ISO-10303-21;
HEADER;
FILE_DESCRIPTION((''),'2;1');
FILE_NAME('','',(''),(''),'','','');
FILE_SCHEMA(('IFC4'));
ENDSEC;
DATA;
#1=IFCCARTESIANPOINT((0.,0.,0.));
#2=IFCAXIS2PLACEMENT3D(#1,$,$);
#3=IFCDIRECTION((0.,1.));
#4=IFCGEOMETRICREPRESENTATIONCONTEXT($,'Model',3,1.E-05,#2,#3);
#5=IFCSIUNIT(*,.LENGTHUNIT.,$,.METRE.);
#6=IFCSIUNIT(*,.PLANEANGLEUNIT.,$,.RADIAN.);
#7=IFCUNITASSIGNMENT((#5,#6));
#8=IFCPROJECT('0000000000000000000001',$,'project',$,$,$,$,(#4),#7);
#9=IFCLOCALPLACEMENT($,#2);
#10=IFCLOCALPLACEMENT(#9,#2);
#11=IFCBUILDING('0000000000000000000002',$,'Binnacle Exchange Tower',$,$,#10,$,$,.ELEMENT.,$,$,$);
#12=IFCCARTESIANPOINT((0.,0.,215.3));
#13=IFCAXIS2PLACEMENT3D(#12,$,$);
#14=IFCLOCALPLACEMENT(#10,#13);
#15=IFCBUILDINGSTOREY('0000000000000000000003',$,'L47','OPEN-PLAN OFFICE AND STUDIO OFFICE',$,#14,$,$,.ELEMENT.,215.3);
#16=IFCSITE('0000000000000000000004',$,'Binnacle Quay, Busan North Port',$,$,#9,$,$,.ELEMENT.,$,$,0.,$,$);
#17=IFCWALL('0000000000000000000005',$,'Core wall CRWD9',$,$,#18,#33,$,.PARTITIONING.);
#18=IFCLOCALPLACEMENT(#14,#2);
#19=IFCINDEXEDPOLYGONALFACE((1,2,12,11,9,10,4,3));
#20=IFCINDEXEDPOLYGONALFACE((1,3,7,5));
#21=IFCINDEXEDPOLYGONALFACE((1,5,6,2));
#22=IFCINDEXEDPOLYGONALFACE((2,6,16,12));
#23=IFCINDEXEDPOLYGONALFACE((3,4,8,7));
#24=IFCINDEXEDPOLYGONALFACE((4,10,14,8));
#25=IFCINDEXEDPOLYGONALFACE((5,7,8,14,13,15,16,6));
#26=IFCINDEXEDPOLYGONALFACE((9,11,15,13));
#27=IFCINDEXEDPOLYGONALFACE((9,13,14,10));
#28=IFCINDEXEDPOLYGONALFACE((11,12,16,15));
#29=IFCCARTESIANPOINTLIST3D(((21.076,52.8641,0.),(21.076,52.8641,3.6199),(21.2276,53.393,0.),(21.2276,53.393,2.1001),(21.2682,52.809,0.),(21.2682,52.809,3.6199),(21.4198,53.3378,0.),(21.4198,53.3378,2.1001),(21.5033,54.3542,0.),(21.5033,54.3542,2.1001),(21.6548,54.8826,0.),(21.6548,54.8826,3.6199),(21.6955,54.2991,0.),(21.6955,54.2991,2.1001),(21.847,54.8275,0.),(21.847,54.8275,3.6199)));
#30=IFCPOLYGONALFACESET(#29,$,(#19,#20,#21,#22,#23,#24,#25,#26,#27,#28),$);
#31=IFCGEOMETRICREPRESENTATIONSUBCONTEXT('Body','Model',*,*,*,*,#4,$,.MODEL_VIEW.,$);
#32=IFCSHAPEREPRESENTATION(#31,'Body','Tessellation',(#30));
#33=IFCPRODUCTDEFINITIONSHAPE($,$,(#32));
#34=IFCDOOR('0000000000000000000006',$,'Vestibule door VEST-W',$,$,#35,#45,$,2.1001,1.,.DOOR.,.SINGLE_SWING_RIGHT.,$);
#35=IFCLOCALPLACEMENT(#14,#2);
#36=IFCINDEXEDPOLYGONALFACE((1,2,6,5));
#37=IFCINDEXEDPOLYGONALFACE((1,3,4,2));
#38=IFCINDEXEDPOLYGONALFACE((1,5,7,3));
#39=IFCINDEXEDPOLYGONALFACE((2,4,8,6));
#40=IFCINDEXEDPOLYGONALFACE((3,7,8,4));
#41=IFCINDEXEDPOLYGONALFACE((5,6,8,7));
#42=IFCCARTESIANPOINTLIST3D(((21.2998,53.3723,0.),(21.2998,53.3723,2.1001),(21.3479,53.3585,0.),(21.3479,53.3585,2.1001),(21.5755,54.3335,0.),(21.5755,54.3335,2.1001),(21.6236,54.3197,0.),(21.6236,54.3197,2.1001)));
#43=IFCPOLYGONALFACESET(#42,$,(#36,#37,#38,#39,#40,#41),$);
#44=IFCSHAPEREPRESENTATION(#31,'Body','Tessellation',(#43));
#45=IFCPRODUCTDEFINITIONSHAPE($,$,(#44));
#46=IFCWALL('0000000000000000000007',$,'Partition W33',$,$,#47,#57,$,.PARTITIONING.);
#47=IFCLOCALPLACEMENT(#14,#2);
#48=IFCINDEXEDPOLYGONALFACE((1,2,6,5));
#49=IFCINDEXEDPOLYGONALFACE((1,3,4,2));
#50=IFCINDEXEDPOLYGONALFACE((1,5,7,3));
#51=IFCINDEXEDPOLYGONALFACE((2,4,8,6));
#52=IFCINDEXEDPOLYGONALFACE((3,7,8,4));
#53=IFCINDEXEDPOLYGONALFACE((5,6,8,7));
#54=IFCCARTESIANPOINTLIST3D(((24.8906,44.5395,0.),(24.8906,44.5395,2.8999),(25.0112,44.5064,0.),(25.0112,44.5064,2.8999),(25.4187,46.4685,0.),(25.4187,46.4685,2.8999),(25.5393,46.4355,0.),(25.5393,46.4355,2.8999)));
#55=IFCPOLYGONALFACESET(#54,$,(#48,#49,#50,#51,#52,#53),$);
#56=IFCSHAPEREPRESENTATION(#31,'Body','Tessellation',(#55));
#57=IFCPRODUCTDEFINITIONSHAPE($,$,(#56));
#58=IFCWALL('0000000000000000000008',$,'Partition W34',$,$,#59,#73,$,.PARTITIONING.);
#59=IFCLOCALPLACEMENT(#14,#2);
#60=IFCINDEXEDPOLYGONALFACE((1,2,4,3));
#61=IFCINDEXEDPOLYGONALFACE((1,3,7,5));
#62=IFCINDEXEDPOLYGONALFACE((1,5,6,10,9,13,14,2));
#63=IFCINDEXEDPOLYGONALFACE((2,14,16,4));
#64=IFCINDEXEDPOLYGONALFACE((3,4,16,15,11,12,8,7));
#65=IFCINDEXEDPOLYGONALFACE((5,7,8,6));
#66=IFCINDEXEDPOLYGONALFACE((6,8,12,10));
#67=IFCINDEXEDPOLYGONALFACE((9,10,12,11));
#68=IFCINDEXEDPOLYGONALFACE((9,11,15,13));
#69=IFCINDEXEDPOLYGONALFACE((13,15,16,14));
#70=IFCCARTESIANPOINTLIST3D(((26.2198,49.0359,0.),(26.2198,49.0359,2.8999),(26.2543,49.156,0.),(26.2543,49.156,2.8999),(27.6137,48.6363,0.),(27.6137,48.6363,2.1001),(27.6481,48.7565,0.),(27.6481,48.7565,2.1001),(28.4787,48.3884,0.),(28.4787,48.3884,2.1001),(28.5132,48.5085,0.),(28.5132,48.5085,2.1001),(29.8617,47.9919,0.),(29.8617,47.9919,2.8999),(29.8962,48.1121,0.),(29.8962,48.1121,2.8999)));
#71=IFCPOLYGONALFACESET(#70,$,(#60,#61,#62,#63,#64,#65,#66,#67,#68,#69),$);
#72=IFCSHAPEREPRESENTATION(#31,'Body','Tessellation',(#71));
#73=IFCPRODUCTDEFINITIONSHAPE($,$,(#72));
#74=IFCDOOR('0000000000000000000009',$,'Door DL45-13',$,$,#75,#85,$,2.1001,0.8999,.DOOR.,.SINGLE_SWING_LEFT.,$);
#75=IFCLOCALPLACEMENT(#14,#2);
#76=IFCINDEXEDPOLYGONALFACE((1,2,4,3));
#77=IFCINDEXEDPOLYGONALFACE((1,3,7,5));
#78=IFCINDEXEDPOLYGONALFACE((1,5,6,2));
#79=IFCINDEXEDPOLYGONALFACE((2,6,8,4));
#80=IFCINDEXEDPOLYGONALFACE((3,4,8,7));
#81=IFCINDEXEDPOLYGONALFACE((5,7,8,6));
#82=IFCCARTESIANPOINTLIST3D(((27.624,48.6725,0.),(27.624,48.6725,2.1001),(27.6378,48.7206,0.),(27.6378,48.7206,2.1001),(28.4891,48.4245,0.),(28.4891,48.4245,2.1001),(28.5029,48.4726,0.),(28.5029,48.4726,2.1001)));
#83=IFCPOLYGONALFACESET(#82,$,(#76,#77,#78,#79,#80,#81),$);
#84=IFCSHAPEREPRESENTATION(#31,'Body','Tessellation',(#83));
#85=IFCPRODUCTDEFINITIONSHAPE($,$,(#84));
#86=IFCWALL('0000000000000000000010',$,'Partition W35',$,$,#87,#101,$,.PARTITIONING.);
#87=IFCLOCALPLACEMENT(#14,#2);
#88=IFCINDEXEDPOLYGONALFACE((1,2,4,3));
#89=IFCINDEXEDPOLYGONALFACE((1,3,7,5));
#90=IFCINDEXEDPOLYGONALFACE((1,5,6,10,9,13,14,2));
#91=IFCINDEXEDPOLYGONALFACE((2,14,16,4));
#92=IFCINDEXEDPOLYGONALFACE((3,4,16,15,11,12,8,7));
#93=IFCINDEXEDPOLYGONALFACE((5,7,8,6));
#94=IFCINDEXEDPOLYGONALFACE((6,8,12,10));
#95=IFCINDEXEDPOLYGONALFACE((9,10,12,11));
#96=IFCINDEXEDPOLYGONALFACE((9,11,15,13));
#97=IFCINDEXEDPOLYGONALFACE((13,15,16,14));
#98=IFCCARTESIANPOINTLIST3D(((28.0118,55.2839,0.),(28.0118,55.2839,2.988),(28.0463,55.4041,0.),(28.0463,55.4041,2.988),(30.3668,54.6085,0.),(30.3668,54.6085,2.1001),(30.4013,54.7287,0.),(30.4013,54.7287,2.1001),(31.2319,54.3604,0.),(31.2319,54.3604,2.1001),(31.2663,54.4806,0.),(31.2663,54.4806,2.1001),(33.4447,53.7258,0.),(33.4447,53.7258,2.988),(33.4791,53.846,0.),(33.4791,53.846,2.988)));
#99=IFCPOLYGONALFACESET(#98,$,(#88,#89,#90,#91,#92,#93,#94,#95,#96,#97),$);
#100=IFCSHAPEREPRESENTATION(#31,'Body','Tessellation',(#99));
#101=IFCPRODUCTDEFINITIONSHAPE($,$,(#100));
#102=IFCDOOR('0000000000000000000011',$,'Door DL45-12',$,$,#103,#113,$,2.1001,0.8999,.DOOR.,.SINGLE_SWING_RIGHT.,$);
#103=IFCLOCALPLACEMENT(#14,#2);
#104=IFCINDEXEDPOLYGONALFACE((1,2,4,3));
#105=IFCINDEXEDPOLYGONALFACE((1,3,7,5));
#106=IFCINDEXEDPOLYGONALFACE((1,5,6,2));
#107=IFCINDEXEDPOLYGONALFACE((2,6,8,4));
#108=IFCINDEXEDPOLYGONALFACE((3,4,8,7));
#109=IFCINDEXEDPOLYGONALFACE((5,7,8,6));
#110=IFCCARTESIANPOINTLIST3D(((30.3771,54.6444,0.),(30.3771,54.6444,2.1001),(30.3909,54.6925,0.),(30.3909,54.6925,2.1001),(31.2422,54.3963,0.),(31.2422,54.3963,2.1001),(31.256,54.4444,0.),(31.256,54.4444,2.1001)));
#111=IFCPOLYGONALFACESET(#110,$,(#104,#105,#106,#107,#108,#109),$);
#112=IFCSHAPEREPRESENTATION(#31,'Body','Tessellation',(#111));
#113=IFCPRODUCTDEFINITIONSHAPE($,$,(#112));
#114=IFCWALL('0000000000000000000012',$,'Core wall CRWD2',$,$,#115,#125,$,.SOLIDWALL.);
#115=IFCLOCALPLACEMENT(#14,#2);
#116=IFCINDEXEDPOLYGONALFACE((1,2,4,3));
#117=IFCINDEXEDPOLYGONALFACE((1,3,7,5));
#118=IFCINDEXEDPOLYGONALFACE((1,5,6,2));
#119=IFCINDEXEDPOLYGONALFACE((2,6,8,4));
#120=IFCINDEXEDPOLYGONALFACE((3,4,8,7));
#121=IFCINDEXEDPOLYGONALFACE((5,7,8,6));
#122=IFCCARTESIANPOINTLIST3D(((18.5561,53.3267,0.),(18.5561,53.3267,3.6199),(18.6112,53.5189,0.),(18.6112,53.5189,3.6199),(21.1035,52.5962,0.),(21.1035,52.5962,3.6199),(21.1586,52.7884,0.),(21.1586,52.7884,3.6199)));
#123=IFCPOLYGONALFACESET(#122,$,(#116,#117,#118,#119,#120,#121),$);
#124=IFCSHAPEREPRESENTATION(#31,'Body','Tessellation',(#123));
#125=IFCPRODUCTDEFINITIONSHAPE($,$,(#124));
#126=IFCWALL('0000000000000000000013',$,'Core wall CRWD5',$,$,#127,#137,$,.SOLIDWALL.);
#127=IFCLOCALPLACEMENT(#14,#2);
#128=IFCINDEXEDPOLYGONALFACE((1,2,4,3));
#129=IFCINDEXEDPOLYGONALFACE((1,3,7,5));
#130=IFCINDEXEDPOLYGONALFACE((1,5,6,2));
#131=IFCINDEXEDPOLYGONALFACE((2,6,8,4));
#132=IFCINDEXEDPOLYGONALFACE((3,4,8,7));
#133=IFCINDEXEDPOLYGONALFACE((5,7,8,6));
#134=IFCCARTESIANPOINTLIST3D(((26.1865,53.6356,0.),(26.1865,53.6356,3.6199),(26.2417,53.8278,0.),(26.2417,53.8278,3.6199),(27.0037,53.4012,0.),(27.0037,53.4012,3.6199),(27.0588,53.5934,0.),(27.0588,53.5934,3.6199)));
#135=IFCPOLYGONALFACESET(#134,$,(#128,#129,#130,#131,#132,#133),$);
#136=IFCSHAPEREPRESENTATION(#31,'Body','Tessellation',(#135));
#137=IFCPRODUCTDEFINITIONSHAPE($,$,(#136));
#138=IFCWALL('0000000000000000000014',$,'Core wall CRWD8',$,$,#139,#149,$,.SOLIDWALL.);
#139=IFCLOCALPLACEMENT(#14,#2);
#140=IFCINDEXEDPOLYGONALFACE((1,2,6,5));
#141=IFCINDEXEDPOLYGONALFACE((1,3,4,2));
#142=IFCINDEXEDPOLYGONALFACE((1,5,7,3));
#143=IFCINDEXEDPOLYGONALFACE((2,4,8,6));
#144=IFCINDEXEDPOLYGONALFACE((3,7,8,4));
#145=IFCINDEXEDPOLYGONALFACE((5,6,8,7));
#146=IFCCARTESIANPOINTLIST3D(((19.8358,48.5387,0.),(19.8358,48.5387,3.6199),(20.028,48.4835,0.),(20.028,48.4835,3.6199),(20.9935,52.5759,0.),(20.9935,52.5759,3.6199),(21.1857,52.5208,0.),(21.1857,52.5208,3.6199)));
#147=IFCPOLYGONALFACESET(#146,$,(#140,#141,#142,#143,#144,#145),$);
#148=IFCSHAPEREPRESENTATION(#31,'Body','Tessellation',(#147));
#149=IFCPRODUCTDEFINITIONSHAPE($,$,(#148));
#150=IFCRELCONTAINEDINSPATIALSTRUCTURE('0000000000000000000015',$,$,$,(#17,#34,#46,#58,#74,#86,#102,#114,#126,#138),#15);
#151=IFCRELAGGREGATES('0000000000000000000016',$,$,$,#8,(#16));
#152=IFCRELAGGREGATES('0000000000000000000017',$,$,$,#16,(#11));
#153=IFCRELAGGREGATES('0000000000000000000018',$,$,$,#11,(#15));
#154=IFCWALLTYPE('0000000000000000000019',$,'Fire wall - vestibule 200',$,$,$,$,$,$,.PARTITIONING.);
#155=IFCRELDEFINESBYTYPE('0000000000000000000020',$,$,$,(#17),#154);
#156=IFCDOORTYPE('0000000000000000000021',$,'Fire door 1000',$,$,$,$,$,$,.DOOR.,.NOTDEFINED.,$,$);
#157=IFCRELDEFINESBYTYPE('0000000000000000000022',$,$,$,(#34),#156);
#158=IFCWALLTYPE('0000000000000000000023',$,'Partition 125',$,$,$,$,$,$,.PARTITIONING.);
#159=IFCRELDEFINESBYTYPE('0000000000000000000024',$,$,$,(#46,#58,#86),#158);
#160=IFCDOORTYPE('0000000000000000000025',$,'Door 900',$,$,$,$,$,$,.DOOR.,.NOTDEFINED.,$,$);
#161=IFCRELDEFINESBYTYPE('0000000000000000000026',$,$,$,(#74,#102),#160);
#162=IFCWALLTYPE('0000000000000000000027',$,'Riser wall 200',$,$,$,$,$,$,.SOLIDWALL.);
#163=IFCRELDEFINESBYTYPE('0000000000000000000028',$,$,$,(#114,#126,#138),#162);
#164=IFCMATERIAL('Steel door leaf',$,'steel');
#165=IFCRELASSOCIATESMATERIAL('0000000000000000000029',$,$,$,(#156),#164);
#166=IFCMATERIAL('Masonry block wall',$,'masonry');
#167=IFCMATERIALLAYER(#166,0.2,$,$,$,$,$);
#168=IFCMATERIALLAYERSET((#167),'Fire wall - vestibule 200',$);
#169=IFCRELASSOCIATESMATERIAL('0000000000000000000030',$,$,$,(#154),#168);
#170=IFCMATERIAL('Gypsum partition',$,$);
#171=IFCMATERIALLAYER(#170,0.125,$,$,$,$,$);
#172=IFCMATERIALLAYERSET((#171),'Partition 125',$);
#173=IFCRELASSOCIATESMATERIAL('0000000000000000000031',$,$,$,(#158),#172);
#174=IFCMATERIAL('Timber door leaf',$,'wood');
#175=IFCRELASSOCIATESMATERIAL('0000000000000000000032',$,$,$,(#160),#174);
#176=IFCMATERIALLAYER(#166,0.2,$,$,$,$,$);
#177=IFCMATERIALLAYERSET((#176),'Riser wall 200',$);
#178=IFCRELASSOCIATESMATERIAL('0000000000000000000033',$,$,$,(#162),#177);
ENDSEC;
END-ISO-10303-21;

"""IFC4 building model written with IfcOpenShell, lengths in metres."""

from ifc_helpers import new_model, si_unit, direction, frame, frame_2d, origin, place, context, subcontext, project, spatial, rectangle, extrude, material, layer, layer_set, type_object, element, fill, save


model = new_model("IFC4")

# Units and contexts
model_context = context("Model", 3, precision=1e-05, world=origin(), true_north=direction((0.0, 1.0)))
body_context = subcontext(model_context, "Body", "Model", "MODEL_VIEW")
ifc_project = project(units=[si_unit("LENGTHUNIT", "METRE"), si_unit("PLANEANGLEUNIT", "RADIAN")], contexts=[model_context])

# Site, building, storey
site_placement = place(None, origin())
site = spatial("IfcSite", under=ifc_project, at=site_placement, Name="Binnacle Quay, Busan North Port", CompositionType="ELEMENT", RefElevation=0.0)
building_placement = place(site_placement, origin())
building = spatial("IfcBuilding", under=site, at=building_placement, Name="Binnacle Exchange Tower", CompositionType="ELEMENT")
storey_placement = place(building_placement, frame((0.0, 0.0, 215.3)))
storey = spatial("IfcBuildingStorey", under=building, at=storey_placement, Name="L47", Description="OPEN-PLAN OFFICE AND STUDIO OFFICE", CompositionType="ELEMENT", Elevation=215.3)

# Shared definitions
ifc_material_1 = material(Name="Steel door leaf", Category="steel")
door_type_1 = type_object("IfcDoorType", Name="Fire door 1000", OperationType="NOTDEFINED", PredefinedType="DOOR", material=ifc_material_1)

# Wall, opening, door
ifc_material_2 = material(Name="Masonry block wall", Category="masonry")
ifc_layer_1 = layer(ifc_material_2, 0.2)
ifc_layer_set_1 = layer_set([ifc_layer_1], Name="Fire wall - vestibule 200")
wall_type_1 = type_object("IfcWallType", Name="Fire wall - vestibule 200", PredefinedType="PARTITIONING", material=ifc_layer_set_1)
wall_1_placement = place(storey_placement, frame((21.1721, 52.8367, 0.0), z_axis=(0.0, 0.0, 1.0), x_axis=(0.275658, 0.961256, 0.0)))
wall_1 = element("IfcWall", 1, at=wall_1_placement, inside=storey, type_object=wall_type_1, Name="Core wall CRWD9", PredefinedType="PARTITIONING", context=body_context, shape_type="SweptSolid", body=[
    extrude(rectangle(XDim=2.0999, YDim=0.2, at=frame_2d((1.0498, 0.0))), origin(), (0.0, 0.0, 1.0), 3.6199),
])
opening_1_placement = place(wall_1_placement, frame((0.55, 0.0, 0.0)))
opening_1 = element("IfcOpeningElement", 2, at=opening_1_placement, cuts=wall_1, PredefinedType="OPENING", context=body_context, shape_type="SweptSolid", body=[
    extrude(rectangle(XDim=1.0, YDim=2.1001, at=frame_2d((0.5, 1.05))), frame((0.0, 0.1099, 0.0), z_axis=(0.0, -1.0, 0.0), x_axis=(1.0, 0.0, 0.0)), (0.0, 0.0, 1.0), 0.22),
])
door_1_placement = place(opening_1_placement, origin())
door_1 = element("IfcDoor", 3, at=door_1_placement, inside=storey, type_object=door_type_1, Name="Vestibule door VEST-W", OperationType="SINGLE_SWING_RIGHT", OverallHeight=2.1001, OverallWidth=1.0, PredefinedType="DOOR", context=body_context, shape_type="SweptSolid", body=[
    extrude(rectangle(XDim=1.0, YDim=2.1001, at=frame_2d((0.5, 1.05))), frame((0.0, 0.0249, 0.0), z_axis=(0.0, -1.0, 0.0), x_axis=(1.0, 0.0, 0.0)), (0.0, 0.0, 1.0), 0.05),
])
fill(opening_1, door_1)

# Wall
ifc_material_3 = material(Name="Gypsum partition")
ifc_layer_2 = layer(ifc_material_3, 0.125)
ifc_layer_set_2 = layer_set([ifc_layer_2], Name="Partition 125")
wall_type_2 = type_object("IfcWallType", Name="Partition 125", PredefinedType="PARTITIONING", material=ifc_layer_set_2)
wall_2_placement = place(storey_placement, frame((24.9509, 44.5229, 0.0), z_axis=(0.0, 0.0, 1.0), x_axis=(0.264047, 0.96451, 0.0)))
element("IfcWall", 4, at=wall_2_placement, inside=storey, type_object=wall_type_2, Name="Partition W33", PredefinedType="PARTITIONING", context=body_context, shape_type="SweptSolid", body=[
    extrude(rectangle(XDim=2.0, YDim=0.125, at=frame_2d((1.0, 0.0))), origin(), (0.0, 0.0, 1.0), 2.8999),
])

# Walls, openings, doors
wall_3_placement = place(storey_placement, frame((26.2371, 49.0959, 0.0), z_axis=(0.0, 0.0, 1.0), x_axis=(0.961285, -0.275555, 0.0)))
wall_3 = element("IfcWall", 5, at=wall_3_placement, inside=storey, type_object=wall_type_2, Name="Partition W34", PredefinedType="PARTITIONING", context=body_context, shape_type="SweptSolid", body=[
    extrude(rectangle(XDim=3.7886, YDim=0.125, at=frame_2d((1.8943, 0.0))), origin(), (0.0, 0.0, 1.0), 2.8999),
])
opening_2_placement = place(wall_3_placement, frame((1.45, 0.0, 0.0)))
opening_2 = element("IfcOpeningElement", 6, at=opening_2_placement, cuts=wall_3, PredefinedType="OPENING", context=body_context, shape_type="SweptSolid", body=[
    extrude(rectangle(XDim=0.8999, YDim=2.1001, at=frame_2d((0.45, 1.05))), frame((0.0, 0.0725, 0.0), z_axis=(0.0, -1.0, 0.0), x_axis=(1.0, 0.0, 0.0)), (0.0, 0.0, 1.0), 0.145),
])
ifc_material_4 = material(Name="Timber door leaf", Category="wood")
door_type_2 = type_object("IfcDoorType", Name="Door 900", OperationType="NOTDEFINED", PredefinedType="DOOR", material=ifc_material_4)
door_2_placement = place(opening_2_placement, frame((0.8999, 0.0, 0.0), z_axis=(0.0, 0.0, 1.0), x_axis=(-1.0, 0.0, 0.0)))
door_2 = element("IfcDoor", 7, at=door_2_placement, inside=storey, type_object=door_type_2, Name="Door DL45-13", OperationType="SINGLE_SWING_LEFT", OverallHeight=2.1001, OverallWidth=0.8999, PredefinedType="DOOR", context=body_context, shape_type="SweptSolid", body=[
    extrude(rectangle(XDim=0.8999, YDim=2.1001, at=frame_2d((0.45, 1.05))), frame((0.0, 0.0249, 0.0), z_axis=(0.0, -1.0, 0.0), x_axis=(1.0, 0.0, 0.0)), (0.0, 0.0, 1.0), 0.05),
])
fill(opening_2, door_2)
wall_4_placement = place(storey_placement, frame((28.0291, 55.344, 0.0), z_axis=(0.0, 0.0, 1.0), x_axis=(0.96125, -0.275679, 0.0)))
wall_4 = element("IfcWall", 8, at=wall_4_placement, inside=storey, type_object=wall_type_2, Name="Partition W35", PredefinedType="PARTITIONING", context=body_context, shape_type="SweptSolid", body=[
    extrude(rectangle(XDim=5.6519, YDim=0.125, at=frame_2d((2.8259, 0.0))), origin(), (0.0, 0.0, 1.0), 2.988),
])
opening_3_placement = place(wall_4_placement, frame((2.45, 0.0, 0.0)))
opening_3 = element("IfcOpeningElement", 9, at=opening_3_placement, cuts=wall_4, PredefinedType="OPENING", context=body_context, shape_type="SweptSolid", body=[
    extrude(rectangle(XDim=0.8999, YDim=2.1001, at=frame_2d((0.45, 1.05))), frame((0.0, 0.0725, 0.0), z_axis=(0.0, -1.0, 0.0), x_axis=(1.0, 0.0, 0.0)), (0.0, 0.0, 1.0), 0.145),
])
door_3_placement = place(opening_3_placement, origin())
door_3 = element("IfcDoor", 10, at=door_3_placement, inside=storey, type_object=door_type_2, Name="Door DL45-12", OperationType="SINGLE_SWING_RIGHT", OverallHeight=2.1001, OverallWidth=0.8999, PredefinedType="DOOR", context=body_context, shape_type="SweptSolid", body=[
    extrude(rectangle(XDim=0.8999, YDim=2.1001, at=frame_2d((0.45, 1.05))), frame((0.0, 0.0249, 0.0), z_axis=(0.0, -1.0, 0.0), x_axis=(1.0, 0.0, 0.0)), (0.0, 0.0, 1.0), 0.05),
])
fill(opening_3, door_3)

# Walls
ifc_layer_3 = layer(ifc_material_2, 0.2)
ifc_layer_set_3 = layer_set([ifc_layer_3], Name="Riser wall 200")
wall_type_3 = type_object("IfcWallType", Name="Riser wall 200", PredefinedType="SOLIDWALL", material=ifc_layer_set_3)
wall_5_placement = place(storey_placement, frame((18.5835, 53.4229, 0.0), z_axis=(0.0, 0.0, 1.0), x_axis=(0.961259, -0.275646, 0.0)))
element("IfcWall", 11, at=wall_5_placement, inside=storey, type_object=wall_type_3, Name="Core wall CRWD2", PredefinedType="SOLIDWALL", context=body_context, shape_type="SweptSolid", body=[
    extrude(rectangle(XDim=2.6501, YDim=0.2, at=frame_2d((1.3252, 0.0))), origin(), (0.0, 0.0, 1.0), 3.6199),
])
wall_6_placement = place(storey_placement, frame((26.2141, 53.7317, 0.0), z_axis=(0.0, 0.0, 1.0), x_axis=(0.961242, -0.275707, 0.0)))
element("IfcWall", 12, at=wall_6_placement, inside=storey, type_object=wall_type_3, Name="Core wall CRWD5", PredefinedType="SOLIDWALL", context=body_context, shape_type="SweptSolid", body=[
    extrude(rectangle(XDim=0.8501, YDim=0.2, at=frame_2d((0.425, 0.0))), origin(), (0.0, 0.0, 1.0), 3.6199),
])
wall_7_placement = place(storey_placement, frame((19.9319, 48.511, 0.0), z_axis=(0.0, 0.0, 1.0), x_axis=(0.275642, 0.96126, 0.0)))
element("IfcWall", 13, at=wall_7_placement, inside=storey, type_object=wall_type_3, Name="Core wall CRWD8", PredefinedType="SOLIDWALL", context=body_context, shape_type="SweptSolid", body=[
    extrude(rectangle(XDim=4.2, YDim=0.2, at=frame_2d((2.1001, 0.0))), origin(), (0.0, 0.0, 1.0), 3.6199),
])

save(model, "model.ifc")
